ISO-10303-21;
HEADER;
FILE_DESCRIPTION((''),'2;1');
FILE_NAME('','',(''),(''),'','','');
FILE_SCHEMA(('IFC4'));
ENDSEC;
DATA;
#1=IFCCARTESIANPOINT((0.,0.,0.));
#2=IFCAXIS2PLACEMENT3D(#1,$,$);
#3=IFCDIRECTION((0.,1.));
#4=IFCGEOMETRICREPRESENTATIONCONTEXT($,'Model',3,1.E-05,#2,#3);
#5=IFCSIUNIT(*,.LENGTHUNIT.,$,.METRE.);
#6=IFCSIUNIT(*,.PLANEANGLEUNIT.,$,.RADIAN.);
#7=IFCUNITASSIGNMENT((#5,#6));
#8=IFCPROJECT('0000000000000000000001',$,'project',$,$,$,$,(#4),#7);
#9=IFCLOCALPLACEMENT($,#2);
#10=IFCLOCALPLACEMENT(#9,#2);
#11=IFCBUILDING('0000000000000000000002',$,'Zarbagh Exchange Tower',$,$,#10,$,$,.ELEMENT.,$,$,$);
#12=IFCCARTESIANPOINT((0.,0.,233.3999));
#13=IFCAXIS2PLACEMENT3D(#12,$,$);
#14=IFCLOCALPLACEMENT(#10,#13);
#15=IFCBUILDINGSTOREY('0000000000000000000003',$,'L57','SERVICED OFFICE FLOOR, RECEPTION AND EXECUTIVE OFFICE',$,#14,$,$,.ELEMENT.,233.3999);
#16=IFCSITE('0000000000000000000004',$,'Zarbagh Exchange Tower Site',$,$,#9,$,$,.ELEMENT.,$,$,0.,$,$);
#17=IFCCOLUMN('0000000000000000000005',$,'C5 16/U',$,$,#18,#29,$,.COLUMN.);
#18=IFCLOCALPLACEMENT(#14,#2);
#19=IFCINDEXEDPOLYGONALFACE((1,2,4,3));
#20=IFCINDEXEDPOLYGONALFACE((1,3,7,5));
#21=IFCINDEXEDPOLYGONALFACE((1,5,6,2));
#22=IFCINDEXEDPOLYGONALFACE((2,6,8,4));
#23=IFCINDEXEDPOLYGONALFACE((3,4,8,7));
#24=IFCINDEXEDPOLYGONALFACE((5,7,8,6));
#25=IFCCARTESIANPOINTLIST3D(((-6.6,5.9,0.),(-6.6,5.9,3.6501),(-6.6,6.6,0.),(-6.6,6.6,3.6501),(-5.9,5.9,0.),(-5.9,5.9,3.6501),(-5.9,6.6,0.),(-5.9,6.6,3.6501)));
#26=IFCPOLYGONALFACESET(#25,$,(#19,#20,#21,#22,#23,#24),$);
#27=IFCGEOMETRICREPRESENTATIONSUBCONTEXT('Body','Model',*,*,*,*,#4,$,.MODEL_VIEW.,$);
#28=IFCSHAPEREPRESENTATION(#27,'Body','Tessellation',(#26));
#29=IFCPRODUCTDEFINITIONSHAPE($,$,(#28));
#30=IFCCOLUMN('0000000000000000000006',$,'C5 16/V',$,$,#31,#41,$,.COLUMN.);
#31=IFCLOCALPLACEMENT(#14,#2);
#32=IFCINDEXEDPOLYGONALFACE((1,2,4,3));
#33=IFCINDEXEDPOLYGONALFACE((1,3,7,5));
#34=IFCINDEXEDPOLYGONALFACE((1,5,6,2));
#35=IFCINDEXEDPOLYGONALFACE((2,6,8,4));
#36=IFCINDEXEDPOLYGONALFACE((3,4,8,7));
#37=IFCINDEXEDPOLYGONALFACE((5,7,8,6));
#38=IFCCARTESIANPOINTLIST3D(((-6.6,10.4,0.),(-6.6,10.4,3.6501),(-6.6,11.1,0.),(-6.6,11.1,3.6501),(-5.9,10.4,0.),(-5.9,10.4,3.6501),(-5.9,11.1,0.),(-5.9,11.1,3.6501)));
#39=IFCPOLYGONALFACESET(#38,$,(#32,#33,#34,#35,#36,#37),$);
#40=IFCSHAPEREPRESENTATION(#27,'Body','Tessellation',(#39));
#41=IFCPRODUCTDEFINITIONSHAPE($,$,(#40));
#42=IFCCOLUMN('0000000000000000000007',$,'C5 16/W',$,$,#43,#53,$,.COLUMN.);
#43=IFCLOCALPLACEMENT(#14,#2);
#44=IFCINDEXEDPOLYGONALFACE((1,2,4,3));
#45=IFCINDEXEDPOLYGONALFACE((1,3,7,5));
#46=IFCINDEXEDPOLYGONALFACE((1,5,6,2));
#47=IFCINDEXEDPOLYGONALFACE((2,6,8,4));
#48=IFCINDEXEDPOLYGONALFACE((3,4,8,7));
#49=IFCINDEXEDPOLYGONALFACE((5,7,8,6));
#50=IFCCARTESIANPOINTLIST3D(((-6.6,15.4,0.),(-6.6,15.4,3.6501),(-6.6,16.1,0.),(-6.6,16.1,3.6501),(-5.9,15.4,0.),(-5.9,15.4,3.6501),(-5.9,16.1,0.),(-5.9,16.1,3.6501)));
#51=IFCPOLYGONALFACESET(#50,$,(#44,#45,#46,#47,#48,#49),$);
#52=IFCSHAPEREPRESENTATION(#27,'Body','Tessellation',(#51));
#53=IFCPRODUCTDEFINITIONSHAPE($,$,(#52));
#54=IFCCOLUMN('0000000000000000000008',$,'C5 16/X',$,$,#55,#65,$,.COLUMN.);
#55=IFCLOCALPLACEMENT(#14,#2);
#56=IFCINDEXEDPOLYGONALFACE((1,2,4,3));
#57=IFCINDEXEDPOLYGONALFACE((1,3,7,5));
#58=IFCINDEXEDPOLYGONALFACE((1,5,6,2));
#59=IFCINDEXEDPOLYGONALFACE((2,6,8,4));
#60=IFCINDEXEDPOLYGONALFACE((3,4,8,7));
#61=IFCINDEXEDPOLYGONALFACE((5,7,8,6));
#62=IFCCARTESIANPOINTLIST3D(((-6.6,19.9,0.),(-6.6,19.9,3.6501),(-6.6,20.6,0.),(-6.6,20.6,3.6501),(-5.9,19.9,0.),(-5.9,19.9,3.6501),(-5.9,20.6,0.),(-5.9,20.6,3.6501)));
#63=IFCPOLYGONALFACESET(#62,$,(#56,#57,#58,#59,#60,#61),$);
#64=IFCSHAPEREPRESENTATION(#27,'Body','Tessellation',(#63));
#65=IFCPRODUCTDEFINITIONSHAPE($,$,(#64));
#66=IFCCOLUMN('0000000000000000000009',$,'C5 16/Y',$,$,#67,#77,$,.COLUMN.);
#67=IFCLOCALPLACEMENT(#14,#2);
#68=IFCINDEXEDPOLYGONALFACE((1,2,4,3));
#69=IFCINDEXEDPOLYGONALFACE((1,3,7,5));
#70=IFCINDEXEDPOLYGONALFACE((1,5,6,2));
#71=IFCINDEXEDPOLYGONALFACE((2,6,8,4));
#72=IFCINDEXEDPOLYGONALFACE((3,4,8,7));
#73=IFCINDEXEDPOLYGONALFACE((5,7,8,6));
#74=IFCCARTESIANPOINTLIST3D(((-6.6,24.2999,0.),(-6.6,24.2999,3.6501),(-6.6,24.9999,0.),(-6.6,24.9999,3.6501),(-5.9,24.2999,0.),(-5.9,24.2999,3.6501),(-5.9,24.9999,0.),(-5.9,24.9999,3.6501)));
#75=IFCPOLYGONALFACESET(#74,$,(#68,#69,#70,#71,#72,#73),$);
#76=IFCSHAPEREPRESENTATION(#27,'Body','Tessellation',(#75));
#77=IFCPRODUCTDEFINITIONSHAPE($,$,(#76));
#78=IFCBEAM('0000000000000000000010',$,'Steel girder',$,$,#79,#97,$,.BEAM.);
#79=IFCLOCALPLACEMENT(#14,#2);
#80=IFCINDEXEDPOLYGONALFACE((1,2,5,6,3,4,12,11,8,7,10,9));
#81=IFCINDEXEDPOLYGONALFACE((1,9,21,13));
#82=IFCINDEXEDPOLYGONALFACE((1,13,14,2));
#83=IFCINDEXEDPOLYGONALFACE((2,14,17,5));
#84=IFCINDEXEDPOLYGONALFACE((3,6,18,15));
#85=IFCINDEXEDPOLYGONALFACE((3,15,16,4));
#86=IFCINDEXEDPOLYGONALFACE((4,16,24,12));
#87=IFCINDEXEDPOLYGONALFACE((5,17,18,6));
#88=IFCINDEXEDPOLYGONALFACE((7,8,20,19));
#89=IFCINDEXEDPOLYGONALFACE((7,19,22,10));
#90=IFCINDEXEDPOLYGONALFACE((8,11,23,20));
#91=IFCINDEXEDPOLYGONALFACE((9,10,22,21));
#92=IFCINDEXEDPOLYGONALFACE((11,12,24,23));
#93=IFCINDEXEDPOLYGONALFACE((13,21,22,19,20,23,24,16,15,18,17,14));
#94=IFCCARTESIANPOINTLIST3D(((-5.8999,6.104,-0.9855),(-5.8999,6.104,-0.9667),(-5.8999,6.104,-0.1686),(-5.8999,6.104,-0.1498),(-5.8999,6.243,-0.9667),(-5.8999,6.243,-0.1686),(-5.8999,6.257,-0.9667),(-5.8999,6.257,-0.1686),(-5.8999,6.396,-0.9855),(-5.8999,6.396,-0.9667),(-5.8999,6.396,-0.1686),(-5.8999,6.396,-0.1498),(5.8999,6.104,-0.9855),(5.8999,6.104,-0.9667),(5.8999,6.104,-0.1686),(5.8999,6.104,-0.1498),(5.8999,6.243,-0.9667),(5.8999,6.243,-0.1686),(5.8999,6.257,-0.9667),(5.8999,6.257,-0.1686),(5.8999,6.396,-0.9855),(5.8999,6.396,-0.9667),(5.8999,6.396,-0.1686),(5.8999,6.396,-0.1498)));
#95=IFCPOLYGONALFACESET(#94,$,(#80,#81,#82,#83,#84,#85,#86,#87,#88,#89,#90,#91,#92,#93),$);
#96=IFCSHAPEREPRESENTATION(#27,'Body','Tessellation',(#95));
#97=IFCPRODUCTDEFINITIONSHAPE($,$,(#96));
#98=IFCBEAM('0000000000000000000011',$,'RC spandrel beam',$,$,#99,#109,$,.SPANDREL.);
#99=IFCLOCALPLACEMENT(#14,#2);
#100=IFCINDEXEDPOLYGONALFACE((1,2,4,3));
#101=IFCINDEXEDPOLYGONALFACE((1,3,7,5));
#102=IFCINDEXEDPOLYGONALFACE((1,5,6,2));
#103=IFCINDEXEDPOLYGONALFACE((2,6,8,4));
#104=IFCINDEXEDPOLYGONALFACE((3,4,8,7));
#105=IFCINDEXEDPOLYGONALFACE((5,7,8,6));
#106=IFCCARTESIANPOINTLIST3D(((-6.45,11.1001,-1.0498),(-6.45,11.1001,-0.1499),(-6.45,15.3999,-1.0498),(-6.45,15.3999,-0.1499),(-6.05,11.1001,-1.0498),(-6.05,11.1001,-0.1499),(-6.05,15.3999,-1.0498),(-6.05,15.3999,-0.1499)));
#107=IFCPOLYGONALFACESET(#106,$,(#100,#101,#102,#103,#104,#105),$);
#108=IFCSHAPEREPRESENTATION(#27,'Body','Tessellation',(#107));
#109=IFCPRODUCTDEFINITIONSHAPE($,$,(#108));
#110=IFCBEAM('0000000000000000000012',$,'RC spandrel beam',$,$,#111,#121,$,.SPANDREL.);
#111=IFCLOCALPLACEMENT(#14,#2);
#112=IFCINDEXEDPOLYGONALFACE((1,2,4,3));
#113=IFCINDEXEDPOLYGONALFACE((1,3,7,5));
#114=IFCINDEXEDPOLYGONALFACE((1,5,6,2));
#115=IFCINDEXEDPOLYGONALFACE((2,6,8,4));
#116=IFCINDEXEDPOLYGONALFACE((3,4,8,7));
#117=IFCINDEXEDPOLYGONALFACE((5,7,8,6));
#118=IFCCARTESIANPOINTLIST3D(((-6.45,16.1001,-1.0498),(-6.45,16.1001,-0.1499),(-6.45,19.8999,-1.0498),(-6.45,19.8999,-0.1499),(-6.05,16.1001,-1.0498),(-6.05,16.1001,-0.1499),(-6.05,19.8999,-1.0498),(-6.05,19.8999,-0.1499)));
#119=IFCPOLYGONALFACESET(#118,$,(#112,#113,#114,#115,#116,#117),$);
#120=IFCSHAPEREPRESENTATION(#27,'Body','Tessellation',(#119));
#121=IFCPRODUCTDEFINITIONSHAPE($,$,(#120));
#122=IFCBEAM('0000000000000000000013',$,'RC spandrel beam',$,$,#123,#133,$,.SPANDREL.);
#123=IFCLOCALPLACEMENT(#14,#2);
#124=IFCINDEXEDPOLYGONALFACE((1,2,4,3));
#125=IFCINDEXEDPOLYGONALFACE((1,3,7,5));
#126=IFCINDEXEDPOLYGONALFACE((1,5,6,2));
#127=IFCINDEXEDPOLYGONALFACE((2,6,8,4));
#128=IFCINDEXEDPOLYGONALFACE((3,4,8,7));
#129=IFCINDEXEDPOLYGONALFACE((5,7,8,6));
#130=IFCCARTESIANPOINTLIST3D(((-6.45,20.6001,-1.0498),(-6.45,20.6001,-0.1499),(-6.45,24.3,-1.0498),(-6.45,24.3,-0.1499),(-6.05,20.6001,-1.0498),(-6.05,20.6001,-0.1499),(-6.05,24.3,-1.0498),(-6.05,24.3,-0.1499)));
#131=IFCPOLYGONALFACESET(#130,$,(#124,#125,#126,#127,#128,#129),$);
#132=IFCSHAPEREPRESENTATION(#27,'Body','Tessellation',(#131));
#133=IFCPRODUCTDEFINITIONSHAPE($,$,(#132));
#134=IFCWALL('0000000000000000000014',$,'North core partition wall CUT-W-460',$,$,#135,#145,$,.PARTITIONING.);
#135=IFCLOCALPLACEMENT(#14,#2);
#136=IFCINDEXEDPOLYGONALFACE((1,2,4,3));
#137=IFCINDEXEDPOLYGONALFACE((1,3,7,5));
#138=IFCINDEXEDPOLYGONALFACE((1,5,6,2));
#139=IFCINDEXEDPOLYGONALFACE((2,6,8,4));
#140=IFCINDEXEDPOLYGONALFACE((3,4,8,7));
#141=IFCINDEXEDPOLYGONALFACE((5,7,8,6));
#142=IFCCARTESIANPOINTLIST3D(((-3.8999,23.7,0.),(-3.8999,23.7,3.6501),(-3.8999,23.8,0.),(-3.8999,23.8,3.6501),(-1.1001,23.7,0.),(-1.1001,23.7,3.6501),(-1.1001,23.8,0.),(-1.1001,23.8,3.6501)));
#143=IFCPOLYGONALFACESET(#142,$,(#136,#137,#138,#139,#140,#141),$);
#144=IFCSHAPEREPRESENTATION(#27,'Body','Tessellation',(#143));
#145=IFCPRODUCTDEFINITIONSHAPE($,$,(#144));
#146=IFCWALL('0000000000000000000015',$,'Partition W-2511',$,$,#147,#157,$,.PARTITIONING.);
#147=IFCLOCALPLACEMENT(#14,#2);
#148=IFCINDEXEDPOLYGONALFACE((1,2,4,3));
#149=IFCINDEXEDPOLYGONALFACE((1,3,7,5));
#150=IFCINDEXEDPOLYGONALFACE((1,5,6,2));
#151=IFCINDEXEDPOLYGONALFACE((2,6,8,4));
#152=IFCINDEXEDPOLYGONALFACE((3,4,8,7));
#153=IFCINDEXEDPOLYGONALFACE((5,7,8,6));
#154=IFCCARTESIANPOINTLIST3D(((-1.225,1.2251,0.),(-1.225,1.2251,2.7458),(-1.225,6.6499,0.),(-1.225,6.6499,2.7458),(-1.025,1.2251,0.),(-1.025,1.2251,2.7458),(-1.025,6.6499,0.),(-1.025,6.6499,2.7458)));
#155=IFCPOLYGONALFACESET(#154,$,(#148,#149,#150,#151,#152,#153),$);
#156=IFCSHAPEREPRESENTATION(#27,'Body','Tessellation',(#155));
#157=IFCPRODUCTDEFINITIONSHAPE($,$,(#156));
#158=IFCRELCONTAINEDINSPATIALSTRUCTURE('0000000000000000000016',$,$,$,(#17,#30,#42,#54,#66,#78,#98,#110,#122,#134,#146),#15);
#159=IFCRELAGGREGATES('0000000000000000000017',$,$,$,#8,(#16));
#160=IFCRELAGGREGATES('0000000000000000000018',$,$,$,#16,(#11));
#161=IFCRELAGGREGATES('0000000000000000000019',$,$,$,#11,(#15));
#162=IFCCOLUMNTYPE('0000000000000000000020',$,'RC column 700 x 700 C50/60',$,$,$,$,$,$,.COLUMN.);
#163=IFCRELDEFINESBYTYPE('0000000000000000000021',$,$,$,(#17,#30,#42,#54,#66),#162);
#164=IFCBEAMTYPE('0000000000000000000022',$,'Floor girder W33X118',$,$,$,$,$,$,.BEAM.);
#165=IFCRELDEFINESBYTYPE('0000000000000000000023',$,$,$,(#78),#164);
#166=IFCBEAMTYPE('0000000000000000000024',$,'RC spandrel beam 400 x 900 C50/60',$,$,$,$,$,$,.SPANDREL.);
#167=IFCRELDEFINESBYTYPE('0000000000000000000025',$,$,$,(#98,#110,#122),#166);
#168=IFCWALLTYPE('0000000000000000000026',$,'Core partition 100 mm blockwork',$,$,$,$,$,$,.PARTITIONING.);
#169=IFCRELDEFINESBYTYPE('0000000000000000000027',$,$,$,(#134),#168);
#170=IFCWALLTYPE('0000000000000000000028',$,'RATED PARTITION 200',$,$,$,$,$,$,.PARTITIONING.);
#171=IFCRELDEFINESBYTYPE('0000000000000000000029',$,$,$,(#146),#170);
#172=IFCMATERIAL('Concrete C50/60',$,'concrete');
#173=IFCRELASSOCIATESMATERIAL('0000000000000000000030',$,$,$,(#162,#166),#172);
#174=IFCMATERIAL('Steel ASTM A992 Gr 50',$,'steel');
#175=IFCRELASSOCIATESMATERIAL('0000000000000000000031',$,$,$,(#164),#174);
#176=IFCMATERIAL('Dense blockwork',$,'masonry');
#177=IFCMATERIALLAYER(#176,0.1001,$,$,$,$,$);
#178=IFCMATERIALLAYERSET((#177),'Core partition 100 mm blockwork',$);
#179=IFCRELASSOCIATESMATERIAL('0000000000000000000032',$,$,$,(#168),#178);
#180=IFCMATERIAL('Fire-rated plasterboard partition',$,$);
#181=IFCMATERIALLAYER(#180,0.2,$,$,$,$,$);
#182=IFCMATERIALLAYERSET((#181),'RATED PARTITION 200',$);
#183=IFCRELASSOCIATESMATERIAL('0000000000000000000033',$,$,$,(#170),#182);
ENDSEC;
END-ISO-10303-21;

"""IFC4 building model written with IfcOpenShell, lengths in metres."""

from ifc_helpers import new_model, si_unit, direction, frame, frame_2d, origin, origin_2d, place, context, subcontext, project, spatial, rectangle, i_section, extrude, material, layer, layer_set, material_profile, profile_set, type_object, element, save


model = new_model("IFC4")

# Units and contexts
model_context = context("Model", 3, precision=1e-05, world=origin(), true_north=direction((0.0, 1.0)))
body_context = subcontext(model_context, "Body", "Model", "MODEL_VIEW")
ifc_project = project(units=[si_unit("LENGTHUNIT", "METRE"), si_unit("PLANEANGLEUNIT", "RADIAN")], contexts=[model_context])

# Site, building, storey
site_placement = place(None, origin())
site = spatial("IfcSite", under=ifc_project, at=site_placement, Name="Zarbagh Exchange Tower Site", CompositionType="ELEMENT", RefElevation=0.0)
building_placement = place(site_placement, origin())
building = spatial("IfcBuilding", under=site, at=building_placement, Name="Zarbagh Exchange Tower", CompositionType="ELEMENT")
storey_placement = place(building_placement, frame((0.0, 0.0, 233.3999)))
storey = spatial("IfcBuildingStorey", under=building, at=storey_placement, Name="L57", Description="SERVICED OFFICE FLOOR, RECEPTION AND EXECUTIVE OFFICE", CompositionType="ELEMENT", Elevation=233.3999)

# Columns
ifc_material_1 = material(Name="Concrete C50/60", Category="concrete")
ifc_material_profile_1 = material_profile(ifc_material_1, rectangle(XDim=0.7, YDim=0.7, at=origin_2d()), Name="RC column 700 x 700 C50/60")
ifc_profile_set_1 = profile_set([ifc_material_profile_1], Name="Concrete C50/60")
column_type = type_object("IfcColumnType", Name="RC column 700 x 700 C50/60", PredefinedType="COLUMN", material=ifc_profile_set_1)
for number, where, z_axis, x_axis, name in (
    (1, (-6.25, 6.25, 0.0), (0.0, 0.0, 1.0), (1.0, 0.0, 0.0), "C5 16/U"),
    (2, (-6.25, 10.75, 0.0), (0.0, 0.0, 1.0), (1.0, 0.0, 0.0), "C5 16/V"),
    (3, (-6.25, 15.75, 0.0), (0.0, 0.0, 1.0), (1.0, 0.0, 0.0), "C5 16/W"),
    (4, (-6.25, 20.25, 0.0), (0.0, 0.0, 1.0), (1.0, 0.0, 0.0), "C5 16/X"),
    (5, (-6.25, 24.6499, 0.0), (0.0, 0.0, 1.0), (1.0, 0.0, 0.0), "C5 16/Y"),
):
    element("IfcColumn", number, at=place(storey_placement, frame(where, z_axis=z_axis, x_axis=x_axis)), inside=storey, type_object=column_type, Name=name, PredefinedType="COLUMN", context=body_context, shape_type="SweptSolid", body=[
        extrude(rectangle(XDim=0.7, YDim=0.7, at=origin_2d()), origin(), (0.0, 0.0, 1.0), 3.6501),
    ])

# Beams
ifc_material_2 = material(Name="Steel ASTM A992 Gr 50", Category="steel")
ifc_material_profile_2 = material_profile(ifc_material_2, i_section(OverallWidth=0.292, OverallDepth=0.8357, WebThickness=0.0139, FlangeThickness=0.0188, at=origin_2d()), Name="W33X118")
ifc_profile_set_2 = profile_set([ifc_material_profile_2], Name="Steel ASTM A992 Gr 50")
beam_type_1 = type_object("IfcBeamType", Name="Floor girder W33X118", PredefinedType="BEAM", material=ifc_profile_set_2)
beam_1_placement = place(storey_placement, frame((-5.8999, 6.25, -0.5676), z_axis=(1.0, 0.0, 0.0), x_axis=(0.0, 1.0, 0.0)))
element("IfcBeam", 6, at=beam_1_placement, inside=storey, type_object=beam_type_1, Name="Steel girder", PredefinedType="BEAM", context=body_context, shape_type="SweptSolid", body=[
    extrude(i_section(OverallWidth=0.292, OverallDepth=0.8357, WebThickness=0.0139, FlangeThickness=0.0188, at=origin_2d()), origin(), (0.0, 0.0, 1.0), 11.7998),
])
ifc_material_profile_3 = material_profile(ifc_material_1, rectangle(XDim=0.3999, YDim=0.8999, at=origin_2d()), Name="RC spandrel beam 400 x 900 C50/60")
ifc_profile_set_3 = profile_set([ifc_material_profile_3], Name="Concrete C50/60")
beam_type_2 = type_object("IfcBeamType", Name="RC spandrel beam 400 x 900 C50/60", PredefinedType="SPANDREL", material=ifc_profile_set_3)
beam_2_placement = place(storey_placement, frame((-6.25, 11.1001, -0.5999), z_axis=(0.0, 1.0, 0.0), x_axis=(-1.0, 0.0, 0.0)))
element("IfcBeam", 7, at=beam_2_placement, inside=storey, type_object=beam_type_2, Name="RC spandrel beam", PredefinedType="SPANDREL", context=body_context, shape_type="SweptSolid", body=[
    extrude(rectangle(XDim=0.3999, YDim=0.8999, at=origin_2d()), origin(), (0.0, 0.0, 1.0), 4.2998),
])
beam_3_placement = place(storey_placement, frame((-6.25, 16.1001, -0.5999), z_axis=(0.0, 1.0, 0.0), x_axis=(-1.0, 0.0, 0.0)))
element("IfcBeam", 8, at=beam_3_placement, inside=storey, type_object=beam_type_2, Name="RC spandrel beam", PredefinedType="SPANDREL", context=body_context, shape_type="SweptSolid", body=[
    extrude(rectangle(XDim=0.3999, YDim=0.8999, at=origin_2d()), origin(), (0.0, 0.0, 1.0), 3.7998),
])
beam_4_placement = place(storey_placement, frame((-6.25, 20.6001, -0.5999), z_axis=(0.0, 1.0, 0.0), x_axis=(-1.0, 0.0, 0.0)))
element("IfcBeam", 9, at=beam_4_placement, inside=storey, type_object=beam_type_2, Name="RC spandrel beam", PredefinedType="SPANDREL", context=body_context, shape_type="SweptSolid", body=[
    extrude(rectangle(XDim=0.3999, YDim=0.8999, at=origin_2d()), origin(), (0.0, 0.0, 1.0), 3.7),
])

# Walls
ifc_material_3 = material(Name="Dense blockwork", Category="masonry")
ifc_layer_1 = layer(ifc_material_3, 0.1001)
ifc_layer_set_1 = layer_set([ifc_layer_1], Name="Core partition 100 mm blockwork")
wall_type_1 = type_object("IfcWallType", Name="Core partition 100 mm blockwork", PredefinedType="PARTITIONING", material=ifc_layer_set_1)
wall_1_placement = place(storey_placement, frame((-3.8999, 23.75, 0.0), z_axis=(0.0, 0.0, 1.0), x_axis=(1.0, 0.0, 0.0)))
element("IfcWall", 10, at=wall_1_placement, inside=storey, type_object=wall_type_1, Name="North core partition wall CUT-W-460", PredefinedType="PARTITIONING", context=body_context, shape_type="SweptSolid", body=[
    extrude(rectangle(XDim=2.7998, YDim=0.1001, at=frame_2d((1.3999, 0.0))), origin(), (0.0, 0.0, 1.0), 3.6501),
])
ifc_material_4 = material(Name="Fire-rated plasterboard partition")
ifc_layer_2 = layer(ifc_material_4, 0.2)
ifc_layer_set_2 = layer_set([ifc_layer_2], Name="RATED PARTITION 200")
wall_type_2 = type_object("IfcWallType", Name="RATED PARTITION 200", PredefinedType="PARTITIONING", material=ifc_layer_set_2)
wall_2_placement = place(storey_placement, frame((-1.125, 1.2251, 0.0), z_axis=(0.0, 0.0, 1.0), x_axis=(0.0, 1.0, 0.0)))
element("IfcWall", 11, at=wall_2_placement, inside=storey, type_object=wall_type_2, Name="Partition W-2511", PredefinedType="PARTITIONING", context=body_context, shape_type="SweptSolid", body=[
    extrude(rectangle(XDim=5.4248, YDim=0.2, at=frame_2d((2.7124, 0.0))), origin(), (0.0, 0.0, 1.0), 2.7458),
])

save(model, "model.ifc")
